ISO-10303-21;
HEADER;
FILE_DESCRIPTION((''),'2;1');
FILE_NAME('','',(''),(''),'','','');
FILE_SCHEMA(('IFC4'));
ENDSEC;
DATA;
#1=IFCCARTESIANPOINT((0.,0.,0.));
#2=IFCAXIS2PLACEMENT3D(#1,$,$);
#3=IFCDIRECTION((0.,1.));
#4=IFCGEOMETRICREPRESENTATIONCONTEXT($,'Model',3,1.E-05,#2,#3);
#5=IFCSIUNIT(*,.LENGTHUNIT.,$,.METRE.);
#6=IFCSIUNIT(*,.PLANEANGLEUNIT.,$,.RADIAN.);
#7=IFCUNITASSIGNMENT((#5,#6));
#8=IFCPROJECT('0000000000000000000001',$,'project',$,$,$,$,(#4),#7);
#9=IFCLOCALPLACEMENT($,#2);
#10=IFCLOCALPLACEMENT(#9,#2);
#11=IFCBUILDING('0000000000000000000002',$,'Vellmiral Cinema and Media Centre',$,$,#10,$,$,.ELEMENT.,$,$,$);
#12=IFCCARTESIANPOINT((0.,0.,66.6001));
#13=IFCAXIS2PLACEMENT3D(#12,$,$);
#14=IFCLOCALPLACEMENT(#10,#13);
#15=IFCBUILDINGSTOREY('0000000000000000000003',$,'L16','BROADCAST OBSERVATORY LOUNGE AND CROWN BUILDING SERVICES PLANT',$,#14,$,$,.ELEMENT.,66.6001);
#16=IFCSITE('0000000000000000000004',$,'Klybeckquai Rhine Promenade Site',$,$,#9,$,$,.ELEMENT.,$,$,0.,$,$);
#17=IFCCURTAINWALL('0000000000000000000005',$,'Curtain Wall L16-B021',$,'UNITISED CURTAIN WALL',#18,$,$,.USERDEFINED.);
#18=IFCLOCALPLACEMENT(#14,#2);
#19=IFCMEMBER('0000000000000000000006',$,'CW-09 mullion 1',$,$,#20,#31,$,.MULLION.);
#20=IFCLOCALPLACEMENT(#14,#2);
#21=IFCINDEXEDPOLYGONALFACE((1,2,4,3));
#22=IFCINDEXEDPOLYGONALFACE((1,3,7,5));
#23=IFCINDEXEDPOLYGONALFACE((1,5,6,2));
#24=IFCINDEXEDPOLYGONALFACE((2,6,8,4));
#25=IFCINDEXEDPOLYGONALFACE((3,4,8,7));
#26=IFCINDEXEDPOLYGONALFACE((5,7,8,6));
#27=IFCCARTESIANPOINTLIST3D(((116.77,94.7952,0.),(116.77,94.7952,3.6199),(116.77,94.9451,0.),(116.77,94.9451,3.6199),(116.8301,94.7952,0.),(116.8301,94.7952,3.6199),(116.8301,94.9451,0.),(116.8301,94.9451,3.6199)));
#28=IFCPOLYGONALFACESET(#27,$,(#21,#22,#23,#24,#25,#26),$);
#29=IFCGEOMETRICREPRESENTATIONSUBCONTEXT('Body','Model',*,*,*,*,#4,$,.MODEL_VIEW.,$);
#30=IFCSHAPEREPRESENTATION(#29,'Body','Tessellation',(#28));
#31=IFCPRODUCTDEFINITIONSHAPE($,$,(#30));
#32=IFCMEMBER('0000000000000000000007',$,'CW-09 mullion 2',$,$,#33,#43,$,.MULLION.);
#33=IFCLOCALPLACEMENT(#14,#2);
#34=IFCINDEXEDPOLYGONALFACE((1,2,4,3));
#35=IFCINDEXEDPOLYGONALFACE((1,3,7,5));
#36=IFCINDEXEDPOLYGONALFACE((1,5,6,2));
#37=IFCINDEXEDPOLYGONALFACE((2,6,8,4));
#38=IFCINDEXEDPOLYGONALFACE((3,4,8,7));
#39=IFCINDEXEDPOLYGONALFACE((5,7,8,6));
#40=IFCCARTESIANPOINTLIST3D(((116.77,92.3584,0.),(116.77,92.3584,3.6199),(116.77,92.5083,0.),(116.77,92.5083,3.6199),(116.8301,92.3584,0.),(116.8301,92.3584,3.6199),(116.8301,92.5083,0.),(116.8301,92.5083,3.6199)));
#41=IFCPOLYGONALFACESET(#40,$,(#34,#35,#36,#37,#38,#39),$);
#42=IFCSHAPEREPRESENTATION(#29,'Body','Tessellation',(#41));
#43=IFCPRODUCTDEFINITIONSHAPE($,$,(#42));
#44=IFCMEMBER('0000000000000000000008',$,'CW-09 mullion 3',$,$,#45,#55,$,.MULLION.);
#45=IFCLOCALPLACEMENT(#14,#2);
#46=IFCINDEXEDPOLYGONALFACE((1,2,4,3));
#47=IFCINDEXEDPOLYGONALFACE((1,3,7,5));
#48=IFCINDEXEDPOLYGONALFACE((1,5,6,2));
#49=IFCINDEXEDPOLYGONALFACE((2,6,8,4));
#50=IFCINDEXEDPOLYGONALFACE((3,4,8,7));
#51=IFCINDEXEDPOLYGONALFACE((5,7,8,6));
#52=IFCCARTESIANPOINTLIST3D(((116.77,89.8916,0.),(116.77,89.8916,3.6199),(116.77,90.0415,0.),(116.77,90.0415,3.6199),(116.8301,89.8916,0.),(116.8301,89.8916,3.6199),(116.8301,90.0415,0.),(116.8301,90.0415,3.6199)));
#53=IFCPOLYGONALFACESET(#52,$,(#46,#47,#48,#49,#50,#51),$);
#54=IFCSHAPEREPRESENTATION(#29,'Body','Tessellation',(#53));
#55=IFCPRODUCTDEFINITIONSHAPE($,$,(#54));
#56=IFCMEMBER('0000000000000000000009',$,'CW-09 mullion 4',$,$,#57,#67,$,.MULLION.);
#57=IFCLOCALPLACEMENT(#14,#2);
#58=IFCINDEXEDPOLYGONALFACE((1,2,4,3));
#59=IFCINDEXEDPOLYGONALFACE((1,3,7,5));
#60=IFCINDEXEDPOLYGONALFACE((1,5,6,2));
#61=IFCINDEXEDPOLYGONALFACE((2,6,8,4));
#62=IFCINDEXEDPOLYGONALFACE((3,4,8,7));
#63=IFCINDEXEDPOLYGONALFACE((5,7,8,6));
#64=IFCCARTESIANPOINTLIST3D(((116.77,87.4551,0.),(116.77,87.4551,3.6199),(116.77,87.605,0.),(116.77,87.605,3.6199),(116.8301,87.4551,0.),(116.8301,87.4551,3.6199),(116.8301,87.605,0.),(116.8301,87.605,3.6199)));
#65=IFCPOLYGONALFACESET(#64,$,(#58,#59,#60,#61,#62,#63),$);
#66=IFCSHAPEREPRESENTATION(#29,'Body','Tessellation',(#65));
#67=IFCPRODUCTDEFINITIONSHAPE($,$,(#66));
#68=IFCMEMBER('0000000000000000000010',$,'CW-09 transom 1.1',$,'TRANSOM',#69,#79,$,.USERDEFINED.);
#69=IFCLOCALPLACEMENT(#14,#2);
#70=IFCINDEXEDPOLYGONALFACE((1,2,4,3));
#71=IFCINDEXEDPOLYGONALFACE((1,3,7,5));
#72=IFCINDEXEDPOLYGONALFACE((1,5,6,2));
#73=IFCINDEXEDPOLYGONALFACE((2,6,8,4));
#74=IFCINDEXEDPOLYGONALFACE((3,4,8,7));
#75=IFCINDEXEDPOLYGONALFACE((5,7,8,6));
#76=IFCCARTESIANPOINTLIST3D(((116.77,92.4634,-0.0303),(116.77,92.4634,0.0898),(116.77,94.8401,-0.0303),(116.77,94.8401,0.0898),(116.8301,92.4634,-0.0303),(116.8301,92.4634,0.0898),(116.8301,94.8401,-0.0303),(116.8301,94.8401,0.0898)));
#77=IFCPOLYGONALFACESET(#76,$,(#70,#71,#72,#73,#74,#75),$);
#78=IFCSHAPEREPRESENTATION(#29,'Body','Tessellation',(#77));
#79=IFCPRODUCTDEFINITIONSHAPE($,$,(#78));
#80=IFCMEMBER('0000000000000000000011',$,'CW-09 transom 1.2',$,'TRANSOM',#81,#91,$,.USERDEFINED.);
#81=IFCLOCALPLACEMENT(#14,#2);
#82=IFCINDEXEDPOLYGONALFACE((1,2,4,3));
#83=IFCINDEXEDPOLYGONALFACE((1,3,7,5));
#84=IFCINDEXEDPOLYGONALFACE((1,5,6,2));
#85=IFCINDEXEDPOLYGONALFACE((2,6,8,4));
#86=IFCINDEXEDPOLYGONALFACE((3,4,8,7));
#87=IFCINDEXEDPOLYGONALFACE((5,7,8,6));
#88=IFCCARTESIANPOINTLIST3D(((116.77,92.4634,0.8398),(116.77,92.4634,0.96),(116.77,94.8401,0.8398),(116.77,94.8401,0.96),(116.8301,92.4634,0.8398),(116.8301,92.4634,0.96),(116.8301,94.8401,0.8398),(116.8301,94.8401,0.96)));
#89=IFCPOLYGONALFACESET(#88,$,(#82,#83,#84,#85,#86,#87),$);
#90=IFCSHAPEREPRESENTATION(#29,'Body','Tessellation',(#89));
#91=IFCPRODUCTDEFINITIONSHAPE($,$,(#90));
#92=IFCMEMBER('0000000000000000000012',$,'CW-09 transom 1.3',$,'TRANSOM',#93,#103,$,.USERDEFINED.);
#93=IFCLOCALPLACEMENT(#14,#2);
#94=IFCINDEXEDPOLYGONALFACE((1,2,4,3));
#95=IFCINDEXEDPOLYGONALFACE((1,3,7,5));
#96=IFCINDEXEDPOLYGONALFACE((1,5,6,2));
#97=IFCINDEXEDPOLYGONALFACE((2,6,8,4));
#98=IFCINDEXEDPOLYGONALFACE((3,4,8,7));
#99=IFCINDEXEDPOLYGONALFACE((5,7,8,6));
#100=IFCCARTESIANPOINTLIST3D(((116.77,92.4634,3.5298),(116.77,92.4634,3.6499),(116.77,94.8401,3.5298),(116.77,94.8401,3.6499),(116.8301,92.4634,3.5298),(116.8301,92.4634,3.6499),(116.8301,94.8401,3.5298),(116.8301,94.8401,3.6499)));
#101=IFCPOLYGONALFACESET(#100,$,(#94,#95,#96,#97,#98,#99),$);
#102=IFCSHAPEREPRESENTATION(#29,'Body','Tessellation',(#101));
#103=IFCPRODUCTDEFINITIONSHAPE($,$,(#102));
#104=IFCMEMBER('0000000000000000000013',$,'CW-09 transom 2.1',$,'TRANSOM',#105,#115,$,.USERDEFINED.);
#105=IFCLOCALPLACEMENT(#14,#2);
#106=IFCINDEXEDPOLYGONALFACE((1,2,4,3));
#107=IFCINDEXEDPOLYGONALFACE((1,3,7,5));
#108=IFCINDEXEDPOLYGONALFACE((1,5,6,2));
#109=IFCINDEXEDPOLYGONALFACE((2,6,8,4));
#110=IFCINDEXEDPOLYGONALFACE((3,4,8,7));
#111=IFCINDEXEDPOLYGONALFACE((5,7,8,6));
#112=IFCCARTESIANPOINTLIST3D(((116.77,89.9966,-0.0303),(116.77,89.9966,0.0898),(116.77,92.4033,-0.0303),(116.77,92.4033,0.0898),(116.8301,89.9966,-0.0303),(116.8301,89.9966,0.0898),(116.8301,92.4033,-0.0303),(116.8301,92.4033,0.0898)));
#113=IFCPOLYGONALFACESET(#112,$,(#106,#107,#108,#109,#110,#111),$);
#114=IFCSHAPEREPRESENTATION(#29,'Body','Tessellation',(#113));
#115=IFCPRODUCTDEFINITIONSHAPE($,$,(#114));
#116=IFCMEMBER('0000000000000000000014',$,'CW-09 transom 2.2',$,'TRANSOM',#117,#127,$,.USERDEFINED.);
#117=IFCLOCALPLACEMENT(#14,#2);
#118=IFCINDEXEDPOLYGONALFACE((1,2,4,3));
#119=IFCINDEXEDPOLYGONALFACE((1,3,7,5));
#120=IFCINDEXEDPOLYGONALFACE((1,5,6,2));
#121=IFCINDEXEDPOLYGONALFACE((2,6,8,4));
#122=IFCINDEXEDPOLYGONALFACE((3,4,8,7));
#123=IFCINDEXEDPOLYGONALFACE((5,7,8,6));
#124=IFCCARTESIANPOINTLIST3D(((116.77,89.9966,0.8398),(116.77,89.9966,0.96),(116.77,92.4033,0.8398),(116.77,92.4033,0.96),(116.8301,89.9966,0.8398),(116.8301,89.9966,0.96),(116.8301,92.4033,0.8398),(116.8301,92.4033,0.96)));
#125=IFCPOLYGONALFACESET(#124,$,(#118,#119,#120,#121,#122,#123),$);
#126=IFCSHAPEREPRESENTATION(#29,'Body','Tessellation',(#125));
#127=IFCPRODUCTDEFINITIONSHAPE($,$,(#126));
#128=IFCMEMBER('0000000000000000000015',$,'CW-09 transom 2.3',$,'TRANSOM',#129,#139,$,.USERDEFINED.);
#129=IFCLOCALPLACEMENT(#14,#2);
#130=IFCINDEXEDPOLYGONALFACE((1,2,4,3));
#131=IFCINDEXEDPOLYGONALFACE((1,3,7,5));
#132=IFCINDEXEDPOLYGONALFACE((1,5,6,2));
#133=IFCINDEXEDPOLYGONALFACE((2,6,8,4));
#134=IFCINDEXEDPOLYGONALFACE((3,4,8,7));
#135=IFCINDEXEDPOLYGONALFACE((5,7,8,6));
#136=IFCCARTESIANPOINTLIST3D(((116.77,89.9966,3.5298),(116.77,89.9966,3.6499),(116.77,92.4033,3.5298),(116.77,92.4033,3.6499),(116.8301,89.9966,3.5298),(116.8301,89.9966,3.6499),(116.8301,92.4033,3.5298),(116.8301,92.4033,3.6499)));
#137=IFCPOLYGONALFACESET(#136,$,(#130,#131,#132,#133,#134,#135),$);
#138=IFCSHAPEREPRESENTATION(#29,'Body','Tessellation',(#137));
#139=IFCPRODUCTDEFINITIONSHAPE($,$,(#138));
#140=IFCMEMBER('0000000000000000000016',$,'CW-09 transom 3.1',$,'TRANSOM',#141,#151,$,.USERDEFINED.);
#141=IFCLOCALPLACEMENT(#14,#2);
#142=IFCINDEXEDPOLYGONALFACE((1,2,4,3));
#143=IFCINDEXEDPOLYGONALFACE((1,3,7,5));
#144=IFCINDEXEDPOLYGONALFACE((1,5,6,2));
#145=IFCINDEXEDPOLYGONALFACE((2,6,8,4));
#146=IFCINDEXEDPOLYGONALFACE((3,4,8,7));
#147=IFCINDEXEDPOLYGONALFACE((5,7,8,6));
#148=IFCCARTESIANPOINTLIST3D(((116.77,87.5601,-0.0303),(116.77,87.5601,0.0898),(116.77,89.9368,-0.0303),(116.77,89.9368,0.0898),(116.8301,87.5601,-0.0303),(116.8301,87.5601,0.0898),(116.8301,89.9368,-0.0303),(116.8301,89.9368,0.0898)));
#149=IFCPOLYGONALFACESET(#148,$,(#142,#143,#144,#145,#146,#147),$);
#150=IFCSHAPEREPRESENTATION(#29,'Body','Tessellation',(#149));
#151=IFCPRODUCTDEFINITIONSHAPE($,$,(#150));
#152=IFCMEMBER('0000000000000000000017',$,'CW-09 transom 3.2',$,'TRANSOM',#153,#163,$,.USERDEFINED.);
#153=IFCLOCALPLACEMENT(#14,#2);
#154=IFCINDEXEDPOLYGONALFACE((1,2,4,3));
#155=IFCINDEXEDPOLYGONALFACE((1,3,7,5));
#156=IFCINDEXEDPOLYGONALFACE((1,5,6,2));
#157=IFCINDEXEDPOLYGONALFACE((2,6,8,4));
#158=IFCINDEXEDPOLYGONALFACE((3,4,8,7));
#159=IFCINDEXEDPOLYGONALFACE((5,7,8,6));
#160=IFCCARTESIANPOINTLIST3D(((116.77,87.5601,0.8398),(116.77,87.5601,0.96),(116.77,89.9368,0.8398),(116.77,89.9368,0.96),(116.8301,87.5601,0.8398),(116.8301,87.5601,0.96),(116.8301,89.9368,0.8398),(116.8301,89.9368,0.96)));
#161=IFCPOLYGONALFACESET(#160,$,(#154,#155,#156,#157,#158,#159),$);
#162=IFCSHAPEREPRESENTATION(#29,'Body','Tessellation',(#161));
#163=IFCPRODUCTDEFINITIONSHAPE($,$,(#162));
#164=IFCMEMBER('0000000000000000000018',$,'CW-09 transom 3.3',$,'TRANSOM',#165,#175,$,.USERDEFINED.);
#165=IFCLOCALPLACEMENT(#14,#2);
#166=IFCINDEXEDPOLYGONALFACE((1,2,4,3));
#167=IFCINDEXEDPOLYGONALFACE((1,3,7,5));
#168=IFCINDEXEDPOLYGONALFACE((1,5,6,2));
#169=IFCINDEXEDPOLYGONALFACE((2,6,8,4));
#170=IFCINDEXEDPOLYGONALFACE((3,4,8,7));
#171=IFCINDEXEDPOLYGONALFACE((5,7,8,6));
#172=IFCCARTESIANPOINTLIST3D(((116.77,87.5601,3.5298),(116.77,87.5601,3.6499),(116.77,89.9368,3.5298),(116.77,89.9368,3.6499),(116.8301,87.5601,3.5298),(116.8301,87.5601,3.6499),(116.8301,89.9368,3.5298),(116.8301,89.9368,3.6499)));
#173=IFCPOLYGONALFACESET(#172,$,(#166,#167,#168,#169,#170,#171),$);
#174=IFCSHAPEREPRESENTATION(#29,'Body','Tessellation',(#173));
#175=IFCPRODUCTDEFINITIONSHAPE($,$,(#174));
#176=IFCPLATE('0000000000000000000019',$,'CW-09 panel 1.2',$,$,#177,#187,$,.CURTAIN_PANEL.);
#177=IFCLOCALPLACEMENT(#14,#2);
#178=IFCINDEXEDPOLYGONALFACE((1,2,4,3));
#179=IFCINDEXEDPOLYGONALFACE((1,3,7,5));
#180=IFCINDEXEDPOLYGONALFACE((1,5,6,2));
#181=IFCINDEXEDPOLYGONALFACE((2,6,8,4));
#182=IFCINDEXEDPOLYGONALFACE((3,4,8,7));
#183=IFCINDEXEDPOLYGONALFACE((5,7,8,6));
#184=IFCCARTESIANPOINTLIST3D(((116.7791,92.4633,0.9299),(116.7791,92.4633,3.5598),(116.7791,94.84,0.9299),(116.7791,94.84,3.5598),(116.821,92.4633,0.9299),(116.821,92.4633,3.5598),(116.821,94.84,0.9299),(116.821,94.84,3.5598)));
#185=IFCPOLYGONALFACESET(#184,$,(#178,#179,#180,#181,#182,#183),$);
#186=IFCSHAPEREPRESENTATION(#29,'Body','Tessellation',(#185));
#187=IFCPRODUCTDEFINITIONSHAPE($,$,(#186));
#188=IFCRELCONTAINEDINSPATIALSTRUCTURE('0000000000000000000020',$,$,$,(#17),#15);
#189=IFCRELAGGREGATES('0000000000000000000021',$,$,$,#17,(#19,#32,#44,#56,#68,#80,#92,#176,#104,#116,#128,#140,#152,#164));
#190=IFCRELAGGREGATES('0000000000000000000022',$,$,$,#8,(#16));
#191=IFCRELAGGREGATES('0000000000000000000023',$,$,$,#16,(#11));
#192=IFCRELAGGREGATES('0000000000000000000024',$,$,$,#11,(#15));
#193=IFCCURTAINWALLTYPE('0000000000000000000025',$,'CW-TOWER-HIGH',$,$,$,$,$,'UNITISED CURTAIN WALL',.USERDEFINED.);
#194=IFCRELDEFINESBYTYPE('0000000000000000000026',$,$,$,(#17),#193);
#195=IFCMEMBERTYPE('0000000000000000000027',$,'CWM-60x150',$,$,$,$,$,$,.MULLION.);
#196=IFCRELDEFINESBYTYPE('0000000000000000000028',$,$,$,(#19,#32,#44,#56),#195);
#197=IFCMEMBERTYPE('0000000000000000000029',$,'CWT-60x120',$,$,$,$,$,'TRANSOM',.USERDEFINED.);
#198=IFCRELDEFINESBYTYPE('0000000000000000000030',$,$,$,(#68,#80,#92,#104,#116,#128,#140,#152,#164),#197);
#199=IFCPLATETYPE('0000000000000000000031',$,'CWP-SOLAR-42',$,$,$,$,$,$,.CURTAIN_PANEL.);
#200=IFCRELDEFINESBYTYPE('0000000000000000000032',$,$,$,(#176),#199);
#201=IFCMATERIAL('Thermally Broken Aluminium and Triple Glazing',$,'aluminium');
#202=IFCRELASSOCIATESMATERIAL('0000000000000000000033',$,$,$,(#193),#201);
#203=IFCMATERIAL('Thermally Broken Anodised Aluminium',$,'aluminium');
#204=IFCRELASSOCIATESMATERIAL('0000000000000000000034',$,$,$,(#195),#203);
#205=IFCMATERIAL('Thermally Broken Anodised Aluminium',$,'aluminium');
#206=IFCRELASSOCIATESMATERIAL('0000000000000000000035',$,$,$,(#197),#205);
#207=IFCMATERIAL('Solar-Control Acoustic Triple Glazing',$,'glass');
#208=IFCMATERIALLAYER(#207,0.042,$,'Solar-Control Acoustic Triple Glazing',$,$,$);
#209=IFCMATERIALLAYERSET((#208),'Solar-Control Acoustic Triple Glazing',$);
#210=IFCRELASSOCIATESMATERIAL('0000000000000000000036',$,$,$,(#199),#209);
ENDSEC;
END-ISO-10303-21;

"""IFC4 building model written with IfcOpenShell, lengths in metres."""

from ifc_helpers import new_model, si_unit, direction, frame, origin, origin_2d, place, context, subcontext, project, spatial, rectangle, extrude, material, layer, layer_set, material_profile, profile_set, type_object, element, aggregate, save


model = new_model("IFC4")

# Units and contexts
model_context = context("Model", 3, precision=1e-05, world=origin(), true_north=direction((0.0, 1.0)))
body_context = subcontext(model_context, "Body", "Model", "MODEL_VIEW")
ifc_project = project(units=[si_unit("LENGTHUNIT", "METRE"), si_unit("PLANEANGLEUNIT", "RADIAN")], contexts=[model_context])

# Site, building, storey
site_placement = place(None, origin())
site = spatial("IfcSite", under=ifc_project, at=site_placement, Name="Klybeckquai Rhine Promenade Site", CompositionType="ELEMENT", RefElevation=0.0)
building_placement = place(site_placement, origin())
building = spatial("IfcBuilding", under=site, at=building_placement, Name="Vellmiral Cinema and Media Centre", CompositionType="ELEMENT")
storey_placement = place(building_placement, frame((0.0, 0.0, 66.6001)))
storey = spatial("IfcBuildingStorey", under=building, at=storey_placement, Name="L16", Description="BROADCAST OBSERVATORY LOUNGE AND CROWN BUILDING SERVICES PLANT", CompositionType="ELEMENT", Elevation=66.6001)

# Curtain wall, members, plate
ifc_material_1 = material(Name="Thermally Broken Aluminium and Triple Glazing", Category="aluminium")
curtain_wall_type = type_object("IfcCurtainWallType", Name="CW-TOWER-HIGH", ElementType="UNITISED CURTAIN WALL", PredefinedType="USERDEFINED", material=ifc_material_1)
curtain_wall_placement = place(storey_placement, origin())
curtain_wall = element("IfcCurtainWall", 1, at=curtain_wall_placement, inside=storey, type_object=curtain_wall_type, Name="Curtain Wall L16-B021", ObjectType="UNITISED CURTAIN WALL", PredefinedType="USERDEFINED")
ifc_material_2 = material(Name="Thermally Broken Anodised Aluminium", Category="aluminium")
ifc_material_profile_1 = material_profile(ifc_material_2, rectangle(XDim=0.0601, YDim=0.1499, at=origin_2d()), Name="MULL 60x150")
ifc_profile_set_1 = profile_set([ifc_material_profile_1], Name="Thermally Broken Anodised Aluminium")
member_type_1 = type_object("IfcMemberType", Name="CWM-60x150", PredefinedType="MULLION", material=ifc_profile_set_1)
member_1_placement = place(storey_placement, frame((116.8, 94.8701, 0.0), z_axis=(0.0, 0.0, 1.0), x_axis=(1.0, 0.0, 0.0)))
member_1 = element("IfcMember", 2, at=member_1_placement, type_object=member_type_1, Name="CW-09 mullion 1", PredefinedType="MULLION", context=body_context, shape_type="SweptSolid", body=[
    extrude(rectangle(XDim=0.0601, YDim=0.1499, at=origin_2d()), origin(), (0.0, 0.0, 1.0), 3.6199),
])
member_2_placement = place(storey_placement, frame((116.8, 92.4333, 0.0), z_axis=(0.0, 0.0, 1.0), x_axis=(1.0, 0.0, 0.0)))
member_2 = element("IfcMember", 3, at=member_2_placement, type_object=member_type_1, Name="CW-09 mullion 2", PredefinedType="MULLION", context=body_context, shape_type="SweptSolid", body=[
    extrude(rectangle(XDim=0.0601, YDim=0.1499, at=origin_2d()), origin(), (0.0, 0.0, 1.0), 3.6199),
])
member_3_placement = place(storey_placement, frame((116.8, 89.9666, 0.0), z_axis=(0.0, 0.0, 1.0), x_axis=(1.0, 0.0, 0.0)))
member_3 = element("IfcMember", 4, at=member_3_placement, type_object=member_type_1, Name="CW-09 mullion 3", PredefinedType="MULLION", context=body_context, shape_type="SweptSolid", body=[
    extrude(rectangle(XDim=0.0601, YDim=0.1499, at=origin_2d()), origin(), (0.0, 0.0, 1.0), 3.6199),
])
member_4_placement = place(storey_placement, frame((116.8, 87.53, 0.0), z_axis=(0.0, 0.0, 1.0), x_axis=(1.0, 0.0, 0.0)))
member_4 = element("IfcMember", 5, at=member_4_placement, type_object=member_type_1, Name="CW-09 mullion 4", PredefinedType="MULLION", context=body_context, shape_type="SweptSolid", body=[
    extrude(rectangle(XDim=0.0601, YDim=0.1499, at=origin_2d()), origin(), (0.0, 0.0, 1.0), 3.6199),
])
ifc_material_3 = material(Name="Thermally Broken Anodised Aluminium", Category="aluminium")
ifc_material_profile_2 = material_profile(ifc_material_3, rectangle(XDim=0.0601, YDim=0.1201, at=origin_2d()), Name="MULL 60x120")
ifc_profile_set_2 = profile_set([ifc_material_profile_2], Name="Thermally Broken Anodised Aluminium")
member_type_2 = type_object("IfcMemberType", Name="CWT-60x120", ElementType="TRANSOM", PredefinedType="USERDEFINED", material=ifc_profile_set_2)
member_5_placement = place(storey_placement, frame((116.8, 94.8401, 0.0298), z_axis=(0.0, -1.0, 0.0), x_axis=(1.0, 0.0, 0.0)))
member_5 = element("IfcMember", 6, at=member_5_placement, type_object=member_type_2, Name="CW-09 transom 1.1", ObjectType="TRANSOM", PredefinedType="USERDEFINED", context=body_context, shape_type="SweptSolid", body=[
    extrude(rectangle(XDim=0.0601, YDim=0.1201, at=origin_2d()), origin(), (0.0, 0.0, 1.0), 2.3767),
])
member_6_placement = place(storey_placement, frame((116.8, 94.8401, 0.8999), z_axis=(0.0, -1.0, 0.0), x_axis=(1.0, 0.0, 0.0)))
member_6 = element("IfcMember", 7, at=member_6_placement, type_object=member_type_2, Name="CW-09 transom 1.2", ObjectType="TRANSOM", PredefinedType="USERDEFINED", context=body_context, shape_type="SweptSolid", body=[
    extrude(rectangle(XDim=0.0601, YDim=0.1201, at=origin_2d()), origin(), (0.0, 0.0, 1.0), 2.3767),
])
member_7_placement = place(storey_placement, frame((116.8, 94.8401, 3.5898), z_axis=(0.0, -1.0, 0.0), x_axis=(1.0, 0.0, 0.0)))
member_7 = element("IfcMember", 8, at=member_7_placement, type_object=member_type_2, Name="CW-09 transom 1.3", ObjectType="TRANSOM", PredefinedType="USERDEFINED", context=body_context, shape_type="SweptSolid", body=[
    extrude(rectangle(XDim=0.0601, YDim=0.1201, at=origin_2d()), origin(), (0.0, 0.0, 1.0), 2.3767),
])
member_8_placement = place(storey_placement, frame((116.8, 92.4033, 0.0298), z_axis=(0.0, -1.0, 0.0), x_axis=(1.0, 0.0, 0.0)))
member_8 = element("IfcMember", 9, at=member_8_placement, type_object=member_type_2, Name="CW-09 transom 2.1", ObjectType="TRANSOM", PredefinedType="USERDEFINED", context=body_context, shape_type="SweptSolid", body=[
    extrude(rectangle(XDim=0.0601, YDim=0.1201, at=origin_2d()), origin(), (0.0, 0.0, 1.0), 2.4067),
])
member_9_placement = place(storey_placement, frame((116.8, 92.4033, 0.8999), z_axis=(0.0, -1.0, 0.0), x_axis=(1.0, 0.0, 0.0)))
member_9 = element("IfcMember", 10, at=member_9_placement, type_object=member_type_2, Name="CW-09 transom 2.2", ObjectType="TRANSOM", PredefinedType="USERDEFINED", context=body_context, shape_type="SweptSolid", body=[
    extrude(rectangle(XDim=0.0601, YDim=0.1201, at=origin_2d()), origin(), (0.0, 0.0, 1.0), 2.4067),
])
member_10_placement = place(storey_placement, frame((116.8, 92.4033, 3.5898), z_axis=(0.0, -1.0, 0.0), x_axis=(1.0, 0.0, 0.0)))
member_10 = element("IfcMember", 11, at=member_10_placement, type_object=member_type_2, Name="CW-09 transom 2.3", ObjectType="TRANSOM", PredefinedType="USERDEFINED", context=body_context, shape_type="SweptSolid", body=[
    extrude(rectangle(XDim=0.0601, YDim=0.1201, at=origin_2d()), origin(), (0.0, 0.0, 1.0), 2.4067),
])
member_11_placement = place(storey_placement, frame((116.8, 89.9368, 0.0298), z_axis=(0.0, -1.0, 0.0), x_axis=(1.0, 0.0, 0.0)))
member_11 = element("IfcMember", 12, at=member_11_placement, type_object=member_type_2, Name="CW-09 transom 3.1", ObjectType="TRANSOM", PredefinedType="USERDEFINED", context=body_context, shape_type="SweptSolid", body=[
    extrude(rectangle(XDim=0.0601, YDim=0.1201, at=origin_2d()), origin(), (0.0, 0.0, 1.0), 2.3767),
])
member_12_placement = place(storey_placement, frame((116.8, 89.9368, 0.8999), z_axis=(0.0, -1.0, 0.0), x_axis=(1.0, 0.0, 0.0)))
member_12 = element("IfcMember", 13, at=member_12_placement, type_object=member_type_2, Name="CW-09 transom 3.2", ObjectType="TRANSOM", PredefinedType="USERDEFINED", context=body_context, shape_type="SweptSolid", body=[
    extrude(rectangle(XDim=0.0601, YDim=0.1201, at=origin_2d()), origin(), (0.0, 0.0, 1.0), 2.3767),
])
member_13_placement = place(storey_placement, frame((116.8, 89.9368, 3.5898), z_axis=(0.0, -1.0, 0.0), x_axis=(1.0, 0.0, 0.0)))
member_13 = element("IfcMember", 14, at=member_13_placement, type_object=member_type_2, Name="CW-09 transom 3.3", ObjectType="TRANSOM", PredefinedType="USERDEFINED", context=body_context, shape_type="SweptSolid", body=[
    extrude(rectangle(XDim=0.0601, YDim=0.1201, at=origin_2d()), origin(), (0.0, 0.0, 1.0), 2.3767),
])
ifc_material_4 = material(Name="Solar-Control Acoustic Triple Glazing", Category="glass")
ifc_layer_1 = layer(ifc_material_4, 0.042, Name="Solar-Control Acoustic Triple Glazing")
ifc_layer_set_1 = layer_set([ifc_layer_1], Name="Solar-Control Acoustic Triple Glazing")
plate_type_1 = type_object("IfcPlateType", Name="CWP-SOLAR-42", PredefinedType="CURTAIN_PANEL", material=ifc_layer_set_1)
plate_1_placement = place(storey_placement, frame((116.8, 93.6516, 0.9299), z_axis=(0.0, 0.0, 1.0), x_axis=(0.0, -1.0, 0.0)))
plate_1 = element("IfcPlate", 15, at=plate_1_placement, type_object=plate_type_1, Name="CW-09 panel 1.2", PredefinedType="CURTAIN_PANEL", context=body_context, shape_type="SweptSolid", body=[
    extrude(rectangle(XDim=2.3767, YDim=0.042, at=origin_2d()), origin(), (0.0, 0.0, 1.0), 2.6299),
])
aggregate(curtain_wall, [member_1, member_2, member_3, member_4, member_5, member_6, member_7, plate_1, member_8, member_9, member_10, member_11, member_12, member_13])

save(model, "model.ifc")
